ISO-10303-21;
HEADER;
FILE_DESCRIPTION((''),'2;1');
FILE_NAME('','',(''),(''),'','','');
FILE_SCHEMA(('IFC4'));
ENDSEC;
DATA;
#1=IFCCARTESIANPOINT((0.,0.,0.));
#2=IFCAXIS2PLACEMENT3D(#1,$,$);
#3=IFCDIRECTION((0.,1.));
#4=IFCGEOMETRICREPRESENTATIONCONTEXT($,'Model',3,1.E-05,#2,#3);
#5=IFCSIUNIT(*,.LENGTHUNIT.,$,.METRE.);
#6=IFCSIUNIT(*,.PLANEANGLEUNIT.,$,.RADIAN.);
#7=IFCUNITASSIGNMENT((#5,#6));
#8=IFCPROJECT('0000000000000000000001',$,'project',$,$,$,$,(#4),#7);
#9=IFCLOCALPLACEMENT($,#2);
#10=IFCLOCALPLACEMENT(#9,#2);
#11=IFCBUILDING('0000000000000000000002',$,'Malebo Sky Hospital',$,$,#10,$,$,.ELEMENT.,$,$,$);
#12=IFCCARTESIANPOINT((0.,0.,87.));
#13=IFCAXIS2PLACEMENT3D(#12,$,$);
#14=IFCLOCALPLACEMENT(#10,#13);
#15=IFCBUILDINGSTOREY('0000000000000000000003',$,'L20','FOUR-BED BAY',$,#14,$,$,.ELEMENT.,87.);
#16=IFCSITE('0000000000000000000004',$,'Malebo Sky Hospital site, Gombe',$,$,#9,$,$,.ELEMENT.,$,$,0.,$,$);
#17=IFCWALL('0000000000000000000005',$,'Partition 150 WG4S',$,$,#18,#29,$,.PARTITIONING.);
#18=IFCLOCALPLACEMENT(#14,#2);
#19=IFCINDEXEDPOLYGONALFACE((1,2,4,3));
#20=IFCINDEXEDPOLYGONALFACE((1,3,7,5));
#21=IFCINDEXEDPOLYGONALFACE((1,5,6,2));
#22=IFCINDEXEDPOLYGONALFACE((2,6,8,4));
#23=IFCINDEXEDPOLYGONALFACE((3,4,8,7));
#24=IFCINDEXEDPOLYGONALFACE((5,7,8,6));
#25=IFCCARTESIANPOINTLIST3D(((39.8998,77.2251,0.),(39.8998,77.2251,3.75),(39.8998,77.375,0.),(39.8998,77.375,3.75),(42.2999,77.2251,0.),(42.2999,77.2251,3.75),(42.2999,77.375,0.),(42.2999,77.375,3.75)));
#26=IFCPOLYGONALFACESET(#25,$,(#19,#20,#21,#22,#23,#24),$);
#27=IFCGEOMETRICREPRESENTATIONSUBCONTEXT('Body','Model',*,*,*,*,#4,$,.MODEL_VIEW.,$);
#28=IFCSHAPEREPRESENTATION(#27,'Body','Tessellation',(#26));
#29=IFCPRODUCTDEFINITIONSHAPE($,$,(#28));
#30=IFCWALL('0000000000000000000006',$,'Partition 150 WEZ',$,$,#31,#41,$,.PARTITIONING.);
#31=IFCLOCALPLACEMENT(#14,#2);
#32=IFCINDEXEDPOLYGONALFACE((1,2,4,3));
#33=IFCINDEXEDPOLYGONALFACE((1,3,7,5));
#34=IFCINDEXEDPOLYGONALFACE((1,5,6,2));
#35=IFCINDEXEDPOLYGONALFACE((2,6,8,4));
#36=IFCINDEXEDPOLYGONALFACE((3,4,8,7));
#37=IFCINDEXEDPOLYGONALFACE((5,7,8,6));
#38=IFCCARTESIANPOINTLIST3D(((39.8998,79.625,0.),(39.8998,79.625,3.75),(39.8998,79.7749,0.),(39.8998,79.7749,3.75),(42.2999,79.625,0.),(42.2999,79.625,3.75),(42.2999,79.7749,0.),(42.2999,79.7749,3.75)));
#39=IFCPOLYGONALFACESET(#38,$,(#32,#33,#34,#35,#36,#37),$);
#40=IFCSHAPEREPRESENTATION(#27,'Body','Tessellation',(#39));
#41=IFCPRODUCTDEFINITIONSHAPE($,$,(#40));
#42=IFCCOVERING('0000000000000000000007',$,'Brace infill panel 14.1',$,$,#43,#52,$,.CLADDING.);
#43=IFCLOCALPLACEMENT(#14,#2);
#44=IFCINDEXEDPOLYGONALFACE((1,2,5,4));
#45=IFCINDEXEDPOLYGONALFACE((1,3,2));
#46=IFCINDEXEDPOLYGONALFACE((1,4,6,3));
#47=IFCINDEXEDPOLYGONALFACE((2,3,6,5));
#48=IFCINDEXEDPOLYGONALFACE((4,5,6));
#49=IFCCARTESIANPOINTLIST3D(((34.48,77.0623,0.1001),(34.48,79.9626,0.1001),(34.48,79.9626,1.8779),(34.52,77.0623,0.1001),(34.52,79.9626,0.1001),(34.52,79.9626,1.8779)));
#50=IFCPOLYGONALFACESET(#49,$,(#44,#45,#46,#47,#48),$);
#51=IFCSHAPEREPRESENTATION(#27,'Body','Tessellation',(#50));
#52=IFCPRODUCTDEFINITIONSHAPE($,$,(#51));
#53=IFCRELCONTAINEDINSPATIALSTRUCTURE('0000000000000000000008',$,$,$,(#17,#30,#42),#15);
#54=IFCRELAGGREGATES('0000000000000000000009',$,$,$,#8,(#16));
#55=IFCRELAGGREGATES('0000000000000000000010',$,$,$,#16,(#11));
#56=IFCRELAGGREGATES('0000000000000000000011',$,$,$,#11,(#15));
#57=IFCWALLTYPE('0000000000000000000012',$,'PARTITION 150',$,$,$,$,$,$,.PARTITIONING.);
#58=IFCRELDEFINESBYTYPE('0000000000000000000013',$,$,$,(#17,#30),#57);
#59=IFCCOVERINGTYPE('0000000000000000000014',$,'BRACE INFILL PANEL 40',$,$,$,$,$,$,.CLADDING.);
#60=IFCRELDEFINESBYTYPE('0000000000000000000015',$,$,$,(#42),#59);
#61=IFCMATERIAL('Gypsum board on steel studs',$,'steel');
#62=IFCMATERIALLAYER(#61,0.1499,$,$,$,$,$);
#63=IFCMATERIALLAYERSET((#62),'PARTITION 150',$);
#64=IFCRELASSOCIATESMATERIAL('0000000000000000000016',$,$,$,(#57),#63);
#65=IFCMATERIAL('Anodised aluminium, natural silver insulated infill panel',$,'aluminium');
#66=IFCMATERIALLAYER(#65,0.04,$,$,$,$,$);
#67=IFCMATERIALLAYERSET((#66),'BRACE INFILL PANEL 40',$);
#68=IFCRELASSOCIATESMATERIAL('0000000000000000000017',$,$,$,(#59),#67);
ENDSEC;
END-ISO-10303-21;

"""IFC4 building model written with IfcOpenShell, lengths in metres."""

from ifc_helpers import new_model, si_unit, direction, frame, frame_2d, origin, place, context, subcontext, project, spatial, polyline, rectangle, outline, extrude, material, layer, layer_set, type_object, element, save


model = new_model("IFC4")

# Units and contexts
model_context = context("Model", 3, precision=1e-05, world=origin(), true_north=direction((0.0, 1.0)))
body_context = subcontext(model_context, "Body", "Model", "MODEL_VIEW")
ifc_project = project(units=[si_unit("LENGTHUNIT", "METRE"), si_unit("PLANEANGLEUNIT", "RADIAN")], contexts=[model_context])

# Site, building, storey
site_placement = place(None, origin())
site = spatial("IfcSite", under=ifc_project, at=site_placement, Name="Malebo Sky Hospital site, Gombe", CompositionType="ELEMENT", RefElevation=0.0)
building_placement = place(site_placement, origin())
building = spatial("IfcBuilding", under=site, at=building_placement, Name="Malebo Sky Hospital", CompositionType="ELEMENT")
storey_placement = place(building_placement, frame((0.0, 0.0, 87.0)))
storey = spatial("IfcBuildingStorey", under=building, at=storey_placement, Name="L20", Description="FOUR-BED BAY", CompositionType="ELEMENT", Elevation=87.0)

# Shared definitions
ifc_material_1 = material(Name="Gypsum board on steel studs", Category="steel")

# Shared definitions
ifc_layer_1 = layer(ifc_material_1, 0.1499)
ifc_layer_set_1 = layer_set([ifc_layer_1], Name="PARTITION 150")
wall_type_1 = type_object("IfcWallType", Name="PARTITION 150", PredefinedType="PARTITIONING", material=ifc_layer_set_1)

# Walls
for number, where, z_axis, x_axis, name in (
    (1, (42.3, 77.3, 0.0), (0.0, 0.0, 1.0), (-1.0, 0.0, 0.0), "Partition 150 WG4S"),
    (2, (42.3, 79.7, 0.0), (0.0, 0.0, 1.0), (-1.0, 0.0, 0.0), "Partition 150 WEZ"),
):
    element("IfcWall", number, at=place(storey_placement, frame(where, z_axis=z_axis, x_axis=x_axis)), inside=storey, type_object=wall_type_1, Name=name, PredefinedType="PARTITIONING", context=body_context, shape_type="SweptSolid", body=[
        extrude(rectangle(XDim=2.4001, YDim=0.1499, at=frame_2d((1.2002, 0.0))), origin(), (0.0, 0.0, 1.0), 3.75),
    ])

# Covering
ifc_material_2 = material(Name="Anodised aluminium, natural silver insulated infill panel", Category="aluminium")
ifc_layer_2 = layer(ifc_material_2, 0.04)
ifc_layer_set_2 = layer_set([ifc_layer_2], Name="BRACE INFILL PANEL 40")
covering_type = type_object("IfcCoveringType", Name="BRACE INFILL PANEL 40", PredefinedType="CLADDING", material=ifc_layer_set_2)
covering_placement = place(storey_placement, frame((34.5, 78.5125, 0.1001), z_axis=(0.0, 0.0, 1.0), x_axis=(0.0, 1.0, 0.0)))
element("IfcCovering", 3, at=covering_placement, inside=storey, type_object=covering_type, Name="Brace infill panel 14.1", PredefinedType="CLADDING", context=body_context, shape_type="SweptSolid", body=[
    extrude(outline(polyline([(-1.4502, 0.0), (1.4502, 0.0), (1.4502, 1.7778), (-1.4502, 0.0)])), frame((0.0, 0.02, 0.0), z_axis=(0.0, -1.0, 0.0), x_axis=(1.0, 0.0, 0.0)), (0.0, 0.0, 1.0), 0.04),
])

save(model, "model.ifc")
